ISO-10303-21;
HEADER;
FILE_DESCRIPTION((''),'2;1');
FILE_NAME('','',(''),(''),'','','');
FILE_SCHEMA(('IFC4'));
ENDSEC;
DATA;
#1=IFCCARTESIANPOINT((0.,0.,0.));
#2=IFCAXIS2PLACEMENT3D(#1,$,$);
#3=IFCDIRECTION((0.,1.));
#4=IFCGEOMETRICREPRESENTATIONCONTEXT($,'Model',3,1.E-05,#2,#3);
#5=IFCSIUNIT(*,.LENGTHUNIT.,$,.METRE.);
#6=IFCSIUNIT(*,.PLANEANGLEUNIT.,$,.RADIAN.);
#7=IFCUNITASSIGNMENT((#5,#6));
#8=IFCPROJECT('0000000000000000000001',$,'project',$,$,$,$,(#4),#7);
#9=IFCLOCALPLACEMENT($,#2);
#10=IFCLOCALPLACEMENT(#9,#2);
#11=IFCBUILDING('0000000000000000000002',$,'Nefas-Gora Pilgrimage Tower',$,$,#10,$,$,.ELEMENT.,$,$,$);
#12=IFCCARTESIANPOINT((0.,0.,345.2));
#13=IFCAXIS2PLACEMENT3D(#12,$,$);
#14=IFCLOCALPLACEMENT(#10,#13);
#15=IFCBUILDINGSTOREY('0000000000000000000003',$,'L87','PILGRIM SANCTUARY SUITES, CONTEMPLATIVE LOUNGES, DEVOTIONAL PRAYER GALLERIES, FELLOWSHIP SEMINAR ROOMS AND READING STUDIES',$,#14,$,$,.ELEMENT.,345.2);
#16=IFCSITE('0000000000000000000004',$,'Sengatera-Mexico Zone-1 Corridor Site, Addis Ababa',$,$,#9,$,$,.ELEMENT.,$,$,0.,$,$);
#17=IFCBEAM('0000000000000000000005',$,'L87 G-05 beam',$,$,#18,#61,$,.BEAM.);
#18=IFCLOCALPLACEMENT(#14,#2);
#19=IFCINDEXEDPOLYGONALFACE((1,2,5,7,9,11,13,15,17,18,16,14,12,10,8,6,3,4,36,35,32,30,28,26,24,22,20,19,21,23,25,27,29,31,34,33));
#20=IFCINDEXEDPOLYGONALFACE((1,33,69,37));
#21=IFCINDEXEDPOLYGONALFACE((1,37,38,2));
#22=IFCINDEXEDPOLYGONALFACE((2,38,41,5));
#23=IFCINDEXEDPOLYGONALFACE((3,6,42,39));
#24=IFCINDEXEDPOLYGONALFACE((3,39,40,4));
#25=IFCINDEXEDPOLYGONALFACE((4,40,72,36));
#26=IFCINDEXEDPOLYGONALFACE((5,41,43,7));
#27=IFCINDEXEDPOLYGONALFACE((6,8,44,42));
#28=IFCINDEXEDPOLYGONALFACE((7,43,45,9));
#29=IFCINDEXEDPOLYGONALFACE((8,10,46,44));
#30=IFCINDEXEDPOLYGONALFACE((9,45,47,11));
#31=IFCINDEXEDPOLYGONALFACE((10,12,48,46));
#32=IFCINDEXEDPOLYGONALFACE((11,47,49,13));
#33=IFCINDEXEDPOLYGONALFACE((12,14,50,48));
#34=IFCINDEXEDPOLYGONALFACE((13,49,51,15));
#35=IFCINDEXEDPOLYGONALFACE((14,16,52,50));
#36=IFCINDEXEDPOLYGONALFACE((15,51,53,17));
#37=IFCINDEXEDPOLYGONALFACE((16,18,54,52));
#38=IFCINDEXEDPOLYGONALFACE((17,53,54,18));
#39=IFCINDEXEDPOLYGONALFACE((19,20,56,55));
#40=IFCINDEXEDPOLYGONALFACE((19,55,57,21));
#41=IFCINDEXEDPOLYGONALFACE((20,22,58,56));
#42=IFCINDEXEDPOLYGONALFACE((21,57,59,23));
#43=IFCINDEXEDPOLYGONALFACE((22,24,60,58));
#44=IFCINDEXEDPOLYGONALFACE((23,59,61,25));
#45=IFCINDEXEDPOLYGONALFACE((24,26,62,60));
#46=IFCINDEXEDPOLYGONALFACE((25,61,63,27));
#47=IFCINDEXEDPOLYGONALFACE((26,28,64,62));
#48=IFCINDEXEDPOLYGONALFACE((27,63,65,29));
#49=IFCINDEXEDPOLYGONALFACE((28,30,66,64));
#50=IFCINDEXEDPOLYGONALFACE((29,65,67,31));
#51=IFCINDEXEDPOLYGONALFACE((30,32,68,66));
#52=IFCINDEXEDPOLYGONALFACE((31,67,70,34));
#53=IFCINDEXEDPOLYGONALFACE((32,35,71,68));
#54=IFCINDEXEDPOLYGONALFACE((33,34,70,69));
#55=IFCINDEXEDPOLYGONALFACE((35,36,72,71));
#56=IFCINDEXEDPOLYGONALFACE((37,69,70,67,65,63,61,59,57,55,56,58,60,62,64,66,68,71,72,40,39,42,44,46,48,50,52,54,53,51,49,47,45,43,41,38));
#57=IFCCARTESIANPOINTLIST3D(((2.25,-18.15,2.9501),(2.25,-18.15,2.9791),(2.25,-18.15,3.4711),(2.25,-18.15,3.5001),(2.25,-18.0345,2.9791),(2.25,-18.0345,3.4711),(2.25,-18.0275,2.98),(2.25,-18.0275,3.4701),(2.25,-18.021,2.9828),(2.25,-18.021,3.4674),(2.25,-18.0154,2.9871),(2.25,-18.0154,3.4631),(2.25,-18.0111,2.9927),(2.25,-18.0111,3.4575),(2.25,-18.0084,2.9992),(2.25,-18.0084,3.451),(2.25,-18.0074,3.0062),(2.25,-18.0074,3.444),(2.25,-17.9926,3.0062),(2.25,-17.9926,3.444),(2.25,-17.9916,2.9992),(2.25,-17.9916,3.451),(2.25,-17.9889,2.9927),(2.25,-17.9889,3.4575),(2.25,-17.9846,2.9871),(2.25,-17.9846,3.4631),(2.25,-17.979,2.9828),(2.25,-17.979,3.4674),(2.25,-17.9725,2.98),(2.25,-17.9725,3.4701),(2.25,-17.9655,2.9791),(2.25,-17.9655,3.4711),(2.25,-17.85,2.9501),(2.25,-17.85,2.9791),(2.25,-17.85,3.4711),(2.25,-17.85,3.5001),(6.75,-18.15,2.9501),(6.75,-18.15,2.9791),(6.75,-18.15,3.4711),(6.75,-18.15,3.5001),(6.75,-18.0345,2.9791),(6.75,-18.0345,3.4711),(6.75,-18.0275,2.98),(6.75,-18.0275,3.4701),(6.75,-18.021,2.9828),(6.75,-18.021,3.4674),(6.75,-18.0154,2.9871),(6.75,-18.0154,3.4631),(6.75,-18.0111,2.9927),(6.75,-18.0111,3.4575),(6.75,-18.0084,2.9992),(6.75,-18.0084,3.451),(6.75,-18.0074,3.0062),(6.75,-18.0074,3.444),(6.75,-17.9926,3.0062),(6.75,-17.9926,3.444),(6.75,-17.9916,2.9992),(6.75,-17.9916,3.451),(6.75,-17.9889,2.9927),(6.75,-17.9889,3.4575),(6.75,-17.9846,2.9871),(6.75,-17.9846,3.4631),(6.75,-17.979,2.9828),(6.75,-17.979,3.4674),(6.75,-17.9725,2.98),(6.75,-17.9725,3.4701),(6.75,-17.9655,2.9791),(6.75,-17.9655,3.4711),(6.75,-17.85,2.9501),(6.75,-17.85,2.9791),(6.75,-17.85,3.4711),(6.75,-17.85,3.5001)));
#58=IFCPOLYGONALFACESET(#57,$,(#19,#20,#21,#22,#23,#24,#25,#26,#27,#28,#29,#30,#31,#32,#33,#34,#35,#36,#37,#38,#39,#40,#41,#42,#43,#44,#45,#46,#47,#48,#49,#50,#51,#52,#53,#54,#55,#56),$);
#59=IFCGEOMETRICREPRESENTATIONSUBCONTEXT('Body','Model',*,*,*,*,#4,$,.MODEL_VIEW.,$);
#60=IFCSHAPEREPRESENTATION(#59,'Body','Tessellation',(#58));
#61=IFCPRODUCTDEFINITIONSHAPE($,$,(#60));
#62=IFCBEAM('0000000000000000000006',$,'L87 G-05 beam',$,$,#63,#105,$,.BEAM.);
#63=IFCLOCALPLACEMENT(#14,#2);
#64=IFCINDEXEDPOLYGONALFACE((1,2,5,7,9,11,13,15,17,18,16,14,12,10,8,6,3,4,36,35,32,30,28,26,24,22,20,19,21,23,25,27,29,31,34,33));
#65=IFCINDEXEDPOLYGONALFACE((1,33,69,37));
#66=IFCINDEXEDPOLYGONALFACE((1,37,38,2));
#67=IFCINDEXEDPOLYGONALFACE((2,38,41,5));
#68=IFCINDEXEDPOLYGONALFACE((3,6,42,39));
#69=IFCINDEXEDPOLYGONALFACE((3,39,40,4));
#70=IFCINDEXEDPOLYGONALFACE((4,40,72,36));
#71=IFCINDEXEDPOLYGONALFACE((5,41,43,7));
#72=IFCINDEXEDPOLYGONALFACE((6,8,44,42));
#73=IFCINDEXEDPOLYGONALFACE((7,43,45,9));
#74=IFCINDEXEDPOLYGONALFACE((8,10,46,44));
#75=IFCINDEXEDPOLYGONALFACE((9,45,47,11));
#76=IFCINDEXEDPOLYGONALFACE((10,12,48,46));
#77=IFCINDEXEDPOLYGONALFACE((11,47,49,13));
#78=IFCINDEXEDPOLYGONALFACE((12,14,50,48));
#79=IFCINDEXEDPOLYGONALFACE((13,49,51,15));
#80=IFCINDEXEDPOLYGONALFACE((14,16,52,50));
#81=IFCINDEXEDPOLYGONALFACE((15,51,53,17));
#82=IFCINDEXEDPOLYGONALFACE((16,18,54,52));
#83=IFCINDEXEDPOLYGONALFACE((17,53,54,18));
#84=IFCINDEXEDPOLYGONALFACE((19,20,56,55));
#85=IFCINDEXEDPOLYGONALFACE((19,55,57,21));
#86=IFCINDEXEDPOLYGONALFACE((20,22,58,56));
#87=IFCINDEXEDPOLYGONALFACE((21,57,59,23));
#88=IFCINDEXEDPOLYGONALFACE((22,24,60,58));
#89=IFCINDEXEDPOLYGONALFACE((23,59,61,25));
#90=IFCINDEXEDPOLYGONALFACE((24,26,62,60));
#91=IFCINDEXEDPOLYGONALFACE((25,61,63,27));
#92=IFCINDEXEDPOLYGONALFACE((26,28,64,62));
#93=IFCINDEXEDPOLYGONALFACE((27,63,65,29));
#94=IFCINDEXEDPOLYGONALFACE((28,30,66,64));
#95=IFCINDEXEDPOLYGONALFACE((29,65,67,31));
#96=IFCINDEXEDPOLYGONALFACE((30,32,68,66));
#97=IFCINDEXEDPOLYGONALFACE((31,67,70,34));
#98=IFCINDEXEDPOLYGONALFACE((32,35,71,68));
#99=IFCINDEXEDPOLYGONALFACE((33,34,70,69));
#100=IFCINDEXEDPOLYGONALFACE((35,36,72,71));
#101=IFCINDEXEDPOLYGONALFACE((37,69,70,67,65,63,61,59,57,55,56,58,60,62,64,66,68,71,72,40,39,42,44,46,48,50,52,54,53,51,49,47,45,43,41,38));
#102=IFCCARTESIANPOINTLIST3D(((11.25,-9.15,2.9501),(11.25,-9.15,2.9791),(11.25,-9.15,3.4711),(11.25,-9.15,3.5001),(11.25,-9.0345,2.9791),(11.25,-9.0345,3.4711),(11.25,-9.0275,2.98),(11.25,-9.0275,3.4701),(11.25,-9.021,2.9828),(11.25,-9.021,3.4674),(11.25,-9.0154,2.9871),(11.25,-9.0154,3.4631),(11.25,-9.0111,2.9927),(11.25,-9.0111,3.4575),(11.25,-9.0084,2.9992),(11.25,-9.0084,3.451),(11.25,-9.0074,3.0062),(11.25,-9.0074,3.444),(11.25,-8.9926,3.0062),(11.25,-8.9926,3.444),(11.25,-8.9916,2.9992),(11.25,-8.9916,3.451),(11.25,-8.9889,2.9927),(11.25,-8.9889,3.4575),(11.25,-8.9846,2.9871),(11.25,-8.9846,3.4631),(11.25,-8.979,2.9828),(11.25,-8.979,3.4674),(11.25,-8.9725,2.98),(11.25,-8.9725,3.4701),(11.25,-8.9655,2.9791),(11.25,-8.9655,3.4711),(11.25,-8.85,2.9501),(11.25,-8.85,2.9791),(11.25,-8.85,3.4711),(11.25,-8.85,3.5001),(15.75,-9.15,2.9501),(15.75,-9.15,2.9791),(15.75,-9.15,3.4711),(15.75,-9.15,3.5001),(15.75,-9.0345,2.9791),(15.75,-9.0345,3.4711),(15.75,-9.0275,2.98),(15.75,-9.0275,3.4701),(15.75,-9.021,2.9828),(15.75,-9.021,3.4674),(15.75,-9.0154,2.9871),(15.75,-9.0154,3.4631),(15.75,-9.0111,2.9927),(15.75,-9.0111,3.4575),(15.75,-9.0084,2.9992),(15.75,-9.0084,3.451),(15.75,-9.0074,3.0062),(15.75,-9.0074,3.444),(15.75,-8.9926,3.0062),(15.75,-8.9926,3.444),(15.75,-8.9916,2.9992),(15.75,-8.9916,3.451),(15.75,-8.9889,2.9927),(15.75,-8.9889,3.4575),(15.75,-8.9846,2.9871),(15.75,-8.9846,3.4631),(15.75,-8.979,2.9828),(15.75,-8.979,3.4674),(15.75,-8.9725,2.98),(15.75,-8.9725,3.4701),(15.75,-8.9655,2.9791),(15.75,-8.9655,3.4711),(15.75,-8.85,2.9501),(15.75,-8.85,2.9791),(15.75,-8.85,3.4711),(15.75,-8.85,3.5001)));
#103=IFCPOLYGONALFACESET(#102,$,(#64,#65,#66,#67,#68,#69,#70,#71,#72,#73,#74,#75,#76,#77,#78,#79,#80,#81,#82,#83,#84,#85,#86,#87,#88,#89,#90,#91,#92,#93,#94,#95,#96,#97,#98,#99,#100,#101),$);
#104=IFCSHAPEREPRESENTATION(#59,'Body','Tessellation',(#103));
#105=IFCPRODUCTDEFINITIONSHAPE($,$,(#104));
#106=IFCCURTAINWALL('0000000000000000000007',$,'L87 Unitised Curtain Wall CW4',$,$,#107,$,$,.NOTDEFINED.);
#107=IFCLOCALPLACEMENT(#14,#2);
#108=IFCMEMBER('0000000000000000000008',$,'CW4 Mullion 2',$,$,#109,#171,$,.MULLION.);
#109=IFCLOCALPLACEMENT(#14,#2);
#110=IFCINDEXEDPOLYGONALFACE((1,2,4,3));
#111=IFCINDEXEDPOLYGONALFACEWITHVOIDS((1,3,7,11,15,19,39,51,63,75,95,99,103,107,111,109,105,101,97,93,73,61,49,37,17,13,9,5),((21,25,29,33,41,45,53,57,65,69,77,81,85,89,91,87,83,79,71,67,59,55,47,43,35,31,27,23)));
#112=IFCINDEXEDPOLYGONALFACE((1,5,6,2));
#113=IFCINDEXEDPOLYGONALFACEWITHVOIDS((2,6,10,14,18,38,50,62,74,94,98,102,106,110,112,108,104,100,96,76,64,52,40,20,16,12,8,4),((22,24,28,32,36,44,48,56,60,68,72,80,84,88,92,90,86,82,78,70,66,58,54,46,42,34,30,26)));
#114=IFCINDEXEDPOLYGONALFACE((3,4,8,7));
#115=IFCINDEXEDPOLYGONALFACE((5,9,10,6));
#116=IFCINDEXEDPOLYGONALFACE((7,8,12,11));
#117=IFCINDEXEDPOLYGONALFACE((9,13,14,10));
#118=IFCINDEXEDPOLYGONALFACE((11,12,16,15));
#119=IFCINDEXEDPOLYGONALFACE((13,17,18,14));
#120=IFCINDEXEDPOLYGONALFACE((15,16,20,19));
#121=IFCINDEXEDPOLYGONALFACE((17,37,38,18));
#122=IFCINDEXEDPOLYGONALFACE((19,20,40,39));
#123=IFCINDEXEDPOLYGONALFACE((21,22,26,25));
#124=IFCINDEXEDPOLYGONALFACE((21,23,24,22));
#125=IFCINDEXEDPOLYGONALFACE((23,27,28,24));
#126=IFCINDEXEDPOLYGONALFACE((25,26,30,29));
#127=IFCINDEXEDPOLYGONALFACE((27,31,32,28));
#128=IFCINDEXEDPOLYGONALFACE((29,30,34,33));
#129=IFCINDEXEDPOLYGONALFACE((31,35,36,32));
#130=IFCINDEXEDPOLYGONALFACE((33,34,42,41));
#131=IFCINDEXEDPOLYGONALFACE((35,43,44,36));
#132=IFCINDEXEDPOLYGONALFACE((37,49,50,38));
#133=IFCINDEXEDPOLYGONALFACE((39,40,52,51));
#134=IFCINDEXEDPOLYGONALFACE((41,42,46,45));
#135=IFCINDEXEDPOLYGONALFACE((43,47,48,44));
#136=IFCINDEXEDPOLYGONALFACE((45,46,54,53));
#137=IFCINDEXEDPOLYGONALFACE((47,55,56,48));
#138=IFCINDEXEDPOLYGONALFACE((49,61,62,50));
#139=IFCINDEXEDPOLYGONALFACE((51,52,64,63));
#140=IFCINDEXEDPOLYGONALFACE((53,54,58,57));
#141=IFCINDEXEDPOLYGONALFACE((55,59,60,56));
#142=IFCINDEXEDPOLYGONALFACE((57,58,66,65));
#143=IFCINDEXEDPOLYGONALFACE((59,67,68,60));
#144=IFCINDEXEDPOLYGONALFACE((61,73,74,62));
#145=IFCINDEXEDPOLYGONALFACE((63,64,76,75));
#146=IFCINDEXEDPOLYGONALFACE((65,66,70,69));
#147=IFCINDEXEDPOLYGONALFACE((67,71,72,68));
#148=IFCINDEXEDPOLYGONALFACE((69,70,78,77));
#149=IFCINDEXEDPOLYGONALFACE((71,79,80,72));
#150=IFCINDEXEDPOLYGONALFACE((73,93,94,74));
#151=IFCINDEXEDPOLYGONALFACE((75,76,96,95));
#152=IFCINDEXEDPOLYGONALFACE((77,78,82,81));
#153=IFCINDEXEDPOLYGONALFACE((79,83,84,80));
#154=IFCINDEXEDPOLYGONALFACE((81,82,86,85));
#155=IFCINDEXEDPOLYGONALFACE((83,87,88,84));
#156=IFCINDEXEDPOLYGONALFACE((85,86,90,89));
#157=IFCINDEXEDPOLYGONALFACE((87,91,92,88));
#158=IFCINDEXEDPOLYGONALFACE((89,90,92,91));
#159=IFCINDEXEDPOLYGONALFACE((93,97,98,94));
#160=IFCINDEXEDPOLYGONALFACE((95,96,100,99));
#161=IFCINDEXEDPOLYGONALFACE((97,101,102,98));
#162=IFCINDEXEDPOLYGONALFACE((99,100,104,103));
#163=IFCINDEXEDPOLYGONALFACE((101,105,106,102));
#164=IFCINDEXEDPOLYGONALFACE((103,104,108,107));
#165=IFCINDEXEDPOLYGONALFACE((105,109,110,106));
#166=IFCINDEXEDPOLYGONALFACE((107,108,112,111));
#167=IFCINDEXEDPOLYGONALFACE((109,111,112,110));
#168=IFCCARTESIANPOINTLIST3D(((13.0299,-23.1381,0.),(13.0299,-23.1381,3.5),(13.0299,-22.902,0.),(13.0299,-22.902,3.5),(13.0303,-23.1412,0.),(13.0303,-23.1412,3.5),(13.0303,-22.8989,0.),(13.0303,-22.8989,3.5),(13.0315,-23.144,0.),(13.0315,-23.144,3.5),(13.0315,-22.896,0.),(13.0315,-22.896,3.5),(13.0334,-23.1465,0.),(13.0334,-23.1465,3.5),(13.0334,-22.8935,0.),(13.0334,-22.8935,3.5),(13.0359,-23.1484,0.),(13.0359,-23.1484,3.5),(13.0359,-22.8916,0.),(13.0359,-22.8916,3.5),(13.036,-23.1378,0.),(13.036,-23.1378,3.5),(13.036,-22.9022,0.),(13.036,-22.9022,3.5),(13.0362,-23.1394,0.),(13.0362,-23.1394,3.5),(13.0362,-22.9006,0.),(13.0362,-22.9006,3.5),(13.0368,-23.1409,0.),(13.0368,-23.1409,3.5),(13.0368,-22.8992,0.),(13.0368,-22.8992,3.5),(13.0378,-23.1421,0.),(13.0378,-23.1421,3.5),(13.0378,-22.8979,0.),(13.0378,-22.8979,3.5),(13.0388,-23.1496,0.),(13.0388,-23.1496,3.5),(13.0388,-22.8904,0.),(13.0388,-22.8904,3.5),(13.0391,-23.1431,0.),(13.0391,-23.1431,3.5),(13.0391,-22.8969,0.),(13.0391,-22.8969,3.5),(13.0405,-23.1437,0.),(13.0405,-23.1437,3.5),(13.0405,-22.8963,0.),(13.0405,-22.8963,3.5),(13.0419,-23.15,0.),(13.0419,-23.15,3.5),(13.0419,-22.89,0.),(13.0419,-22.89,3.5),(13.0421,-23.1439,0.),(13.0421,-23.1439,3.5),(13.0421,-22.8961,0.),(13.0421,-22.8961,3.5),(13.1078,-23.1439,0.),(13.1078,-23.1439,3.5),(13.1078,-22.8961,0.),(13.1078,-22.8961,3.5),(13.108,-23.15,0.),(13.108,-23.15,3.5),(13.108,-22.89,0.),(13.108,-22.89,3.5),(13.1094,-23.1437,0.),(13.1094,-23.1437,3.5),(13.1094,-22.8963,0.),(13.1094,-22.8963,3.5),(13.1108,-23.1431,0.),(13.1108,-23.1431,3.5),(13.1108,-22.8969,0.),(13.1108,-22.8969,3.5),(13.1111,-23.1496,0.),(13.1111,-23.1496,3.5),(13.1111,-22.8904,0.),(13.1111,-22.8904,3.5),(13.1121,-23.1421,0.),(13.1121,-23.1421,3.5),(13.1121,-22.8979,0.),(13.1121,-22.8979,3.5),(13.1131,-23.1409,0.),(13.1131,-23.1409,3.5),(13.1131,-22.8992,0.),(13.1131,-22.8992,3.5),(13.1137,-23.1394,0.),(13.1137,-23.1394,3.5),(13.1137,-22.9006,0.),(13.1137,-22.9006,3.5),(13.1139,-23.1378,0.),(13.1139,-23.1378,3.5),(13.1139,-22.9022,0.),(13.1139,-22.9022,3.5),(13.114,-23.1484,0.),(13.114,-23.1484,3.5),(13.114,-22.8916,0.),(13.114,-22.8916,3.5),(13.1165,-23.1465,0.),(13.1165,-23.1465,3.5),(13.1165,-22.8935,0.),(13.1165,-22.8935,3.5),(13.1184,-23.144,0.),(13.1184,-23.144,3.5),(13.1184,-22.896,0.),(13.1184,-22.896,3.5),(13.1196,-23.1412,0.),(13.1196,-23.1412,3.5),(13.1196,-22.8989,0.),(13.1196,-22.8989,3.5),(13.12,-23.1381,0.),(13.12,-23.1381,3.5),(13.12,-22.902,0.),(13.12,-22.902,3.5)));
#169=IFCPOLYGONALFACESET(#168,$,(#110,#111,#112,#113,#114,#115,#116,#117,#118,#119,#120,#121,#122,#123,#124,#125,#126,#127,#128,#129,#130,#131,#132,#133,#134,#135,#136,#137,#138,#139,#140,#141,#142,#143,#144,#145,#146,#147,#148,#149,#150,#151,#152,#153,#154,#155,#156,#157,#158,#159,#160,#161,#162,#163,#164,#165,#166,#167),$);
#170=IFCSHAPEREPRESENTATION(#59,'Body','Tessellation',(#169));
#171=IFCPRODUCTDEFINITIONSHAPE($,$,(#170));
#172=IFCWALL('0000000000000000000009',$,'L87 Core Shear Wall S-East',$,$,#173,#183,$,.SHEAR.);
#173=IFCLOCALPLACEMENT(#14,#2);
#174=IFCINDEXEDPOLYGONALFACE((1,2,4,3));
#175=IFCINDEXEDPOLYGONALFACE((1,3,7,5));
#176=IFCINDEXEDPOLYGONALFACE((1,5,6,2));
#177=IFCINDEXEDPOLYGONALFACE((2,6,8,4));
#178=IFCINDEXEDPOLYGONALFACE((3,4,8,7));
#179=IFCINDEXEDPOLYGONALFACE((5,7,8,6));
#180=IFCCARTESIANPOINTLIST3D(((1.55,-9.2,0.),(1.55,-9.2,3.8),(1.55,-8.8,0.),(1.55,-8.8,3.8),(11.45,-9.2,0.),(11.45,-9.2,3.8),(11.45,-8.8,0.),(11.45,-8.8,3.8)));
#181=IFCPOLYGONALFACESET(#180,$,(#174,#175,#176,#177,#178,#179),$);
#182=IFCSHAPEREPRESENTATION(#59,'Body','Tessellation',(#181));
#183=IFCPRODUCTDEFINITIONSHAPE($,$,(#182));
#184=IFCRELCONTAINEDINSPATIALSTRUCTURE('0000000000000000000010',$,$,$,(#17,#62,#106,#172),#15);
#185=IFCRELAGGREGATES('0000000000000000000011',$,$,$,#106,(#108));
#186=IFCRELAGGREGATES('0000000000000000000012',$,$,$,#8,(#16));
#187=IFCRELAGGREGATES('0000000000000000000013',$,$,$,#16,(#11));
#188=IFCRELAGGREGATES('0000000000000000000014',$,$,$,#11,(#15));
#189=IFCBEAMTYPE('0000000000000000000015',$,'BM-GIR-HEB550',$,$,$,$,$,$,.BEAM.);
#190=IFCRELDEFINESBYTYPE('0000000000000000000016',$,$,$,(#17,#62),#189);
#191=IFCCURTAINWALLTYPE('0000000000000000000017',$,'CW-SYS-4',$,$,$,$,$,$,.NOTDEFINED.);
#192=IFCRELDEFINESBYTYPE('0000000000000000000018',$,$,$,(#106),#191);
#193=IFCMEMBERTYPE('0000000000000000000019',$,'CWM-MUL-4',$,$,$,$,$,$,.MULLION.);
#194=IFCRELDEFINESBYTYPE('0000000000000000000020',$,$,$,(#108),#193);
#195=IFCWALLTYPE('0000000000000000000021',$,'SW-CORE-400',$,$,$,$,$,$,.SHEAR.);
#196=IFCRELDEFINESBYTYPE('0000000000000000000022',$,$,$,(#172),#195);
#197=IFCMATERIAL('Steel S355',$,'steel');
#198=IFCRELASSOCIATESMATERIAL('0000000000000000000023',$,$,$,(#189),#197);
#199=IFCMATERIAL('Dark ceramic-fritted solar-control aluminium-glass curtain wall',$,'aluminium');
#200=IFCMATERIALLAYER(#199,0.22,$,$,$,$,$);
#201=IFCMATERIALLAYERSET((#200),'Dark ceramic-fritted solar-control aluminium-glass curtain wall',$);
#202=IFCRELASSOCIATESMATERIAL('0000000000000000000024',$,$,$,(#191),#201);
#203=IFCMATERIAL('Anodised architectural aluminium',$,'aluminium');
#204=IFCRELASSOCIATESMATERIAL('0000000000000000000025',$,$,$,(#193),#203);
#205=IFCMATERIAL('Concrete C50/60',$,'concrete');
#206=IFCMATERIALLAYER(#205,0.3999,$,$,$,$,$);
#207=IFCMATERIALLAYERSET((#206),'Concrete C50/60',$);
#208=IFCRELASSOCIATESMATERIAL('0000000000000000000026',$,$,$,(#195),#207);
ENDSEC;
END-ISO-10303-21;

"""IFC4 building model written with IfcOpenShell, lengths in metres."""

from ifc_helpers import new_model, si_unit, direction, frame, frame_2d, origin, origin_2d, place, context, subcontext, project, spatial, rectangle, hollow_rectangle, i_section, extrude, source, transform, mapped, material, layer, layer_set, material_profile, profile_set, type_object, element, aggregate, save


model = new_model("IFC4")

# Units and contexts
model_context = context("Model", 3, precision=1e-05, world=origin(), true_north=direction((0.0, 1.0)))
body_context = subcontext(model_context, "Body", "Model", "MODEL_VIEW")
ifc_project = project(units=[si_unit("LENGTHUNIT", "METRE"), si_unit("PLANEANGLEUNIT", "RADIAN")], contexts=[model_context])

# Site, building, storey
site_placement = place(None, origin())
site = spatial("IfcSite", under=ifc_project, at=site_placement, Name="Sengatera-Mexico Zone-1 Corridor Site, Addis Ababa", CompositionType="ELEMENT", RefElevation=0.0)
building_placement = place(site_placement, origin())
building = spatial("IfcBuilding", under=site, at=building_placement, Name="Nefas-Gora Pilgrimage Tower", CompositionType="ELEMENT")
storey_placement = place(building_placement, frame((0.0, 0.0, 345.2)))
storey = spatial("IfcBuildingStorey", under=building, at=storey_placement, Name="L87", Description="PILGRIM SANCTUARY SUITES, CONTEMPLATIVE LOUNGES, DEVOTIONAL PRAYER GALLERIES, FELLOWSHIP SEMINAR ROOMS AND READING STUDIES", CompositionType="ELEMENT", Elevation=345.2)

# Shared definitions
ifc_material_1 = material(Name="Steel S355", Category="steel")
ifc_material_2 = material(Name="Concrete C50/60", Category="concrete")

# Beams
ifc_material_profile_1 = material_profile(ifc_material_1, i_section(OverallWidth=0.3, OverallDepth=0.55, WebThickness=0.0149, FlangeThickness=0.0291, FilletRadius=0.0271, at=origin_2d()), Name="HEB 550")
ifc_profile_set_1 = profile_set([ifc_material_profile_1], Name="Steel S355")
beam_type_1 = type_object("IfcBeamType", Name="BM-GIR-HEB550", PredefinedType="BEAM", material=ifc_profile_set_1)
shared_shape_1 = source(origin(), body_context, "Body", "SweptSolid", [
    extrude(i_section(OverallWidth=0.3, OverallDepth=0.55, WebThickness=0.0149, FlangeThickness=0.0291, FilletRadius=0.0271, at=origin_2d()), origin(), (0.0, 0.0, 1.0), 4.5),
])
for number, where, z_axis, x_axis, name in (
    (1, (2.25, -18.0, 3.2251), (1.0, 0.0, 0.0), (0.0, 1.0, 0.0), "L87 G-05 beam"),
    (2, (11.25, -9.0, 3.2251), (1.0, 0.0, 0.0), (0.0, 1.0, 0.0), "L87 G-05 beam"),
):
    element("IfcBeam", number, at=place(storey_placement, frame(where, z_axis=z_axis, x_axis=x_axis)), inside=storey, type_object=beam_type_1, Name=name, PredefinedType="BEAM", context=body_context, shape_type="MappedRepresentation", body=[
        mapped(shared_shape_1, transform((0.0, 0.0, 0.0), x_axis=(1.0, 0.0, 0.0), y_axis=(0.0, 1.0, 0.0), z_axis=(0.0, 0.0, 1.0), scale=1.0)),
    ])

# Curtain wall, member
ifc_material_3 = material(Name="Dark ceramic-fritted solar-control aluminium-glass curtain wall", Category="aluminium")
ifc_layer_1 = layer(ifc_material_3, 0.22)
ifc_layer_set_1 = layer_set([ifc_layer_1], Name="Dark ceramic-fritted solar-control aluminium-glass curtain wall")
curtain_wall_type = type_object("IfcCurtainWallType", Name="CW-SYS-4", PredefinedType="NOTDEFINED", material=ifc_layer_set_1)
curtain_wall_placement = place(storey_placement, origin())
curtain_wall = element("IfcCurtainWall", 3, at=curtain_wall_placement, inside=storey, type_object=curtain_wall_type, Name="L87 Unitised Curtain Wall CW4", PredefinedType="NOTDEFINED")
ifc_material_4 = material(Name="Anodised architectural aluminium", Category="aluminium")
ifc_material_profile_2 = material_profile(ifc_material_4, hollow_rectangle(XDim=0.0901, YDim=0.26, WallThickness=0.0061, InnerFilletRadius=0.0061, OuterFilletRadius=0.012, at=origin_2d()), Name="ALU MULLION 90x260")
ifc_profile_set_2 = profile_set([ifc_material_profile_2], Name="Anodised architectural aluminium")
member_type = type_object("IfcMemberType", Name="CWM-MUL-4", PredefinedType="MULLION", material=ifc_profile_set_2)
shared_shape_2 = source(origin(), body_context, "Body", "SweptSolid", [
    extrude(hollow_rectangle(XDim=0.0901, YDim=0.26, WallThickness=0.0061, InnerFilletRadius=0.0061, OuterFilletRadius=0.012, at=origin_2d()), origin(), (0.0, 0.0, 1.0), 3.5),
])
member_placement = place(storey_placement, frame((13.075, -23.02, 0.0), z_axis=(0.0, 0.0, 1.0), x_axis=(1.0, 0.0, 0.0)))
member = element("IfcMember", 4, at=member_placement, type_object=member_type, Name="CW4 Mullion 2", PredefinedType="MULLION", context=body_context, shape_type="MappedRepresentation", body=[
    mapped(shared_shape_2, transform((0.0, 0.0, 0.0), x_axis=(1.0, 0.0, 0.0), y_axis=(0.0, 1.0, 0.0), z_axis=(0.0, 0.0, 1.0), scale=1.0)),
])
aggregate(curtain_wall, [member])

# Wall
ifc_layer_2 = layer(ifc_material_2, 0.3999)
ifc_layer_set_2 = layer_set([ifc_layer_2], Name="Concrete C50/60")
wall_type_1 = type_object("IfcWallType", Name="SW-CORE-400", PredefinedType="SHEAR", material=ifc_layer_set_2)
shared_shape_3 = source(origin(), body_context, "Body", "SweptSolid", [
    extrude(rectangle(XDim=9.8999, YDim=0.3999, at=frame_2d((4.95, 0.0))), origin(), (0.0, 0.0, 1.0), 3.8),
])
wall_1_placement = place(storey_placement, frame((1.55, -9.0, 0.0), z_axis=(0.0, 0.0, 1.0), x_axis=(1.0, 0.0, 0.0)))
element("IfcWall", 5, at=wall_1_placement, inside=storey, type_object=wall_type_1, Name="L87 Core Shear Wall S-East", PredefinedType="SHEAR", context=body_context, shape_type="MappedRepresentation", body=[
    mapped(shared_shape_3, transform((0.0, 0.0, 0.0), x_axis=(1.0, 0.0, 0.0), y_axis=(0.0, 1.0, 0.0), z_axis=(0.0, 0.0, 1.0), scale=1.0)),
])

save(model, "model.ifc")
